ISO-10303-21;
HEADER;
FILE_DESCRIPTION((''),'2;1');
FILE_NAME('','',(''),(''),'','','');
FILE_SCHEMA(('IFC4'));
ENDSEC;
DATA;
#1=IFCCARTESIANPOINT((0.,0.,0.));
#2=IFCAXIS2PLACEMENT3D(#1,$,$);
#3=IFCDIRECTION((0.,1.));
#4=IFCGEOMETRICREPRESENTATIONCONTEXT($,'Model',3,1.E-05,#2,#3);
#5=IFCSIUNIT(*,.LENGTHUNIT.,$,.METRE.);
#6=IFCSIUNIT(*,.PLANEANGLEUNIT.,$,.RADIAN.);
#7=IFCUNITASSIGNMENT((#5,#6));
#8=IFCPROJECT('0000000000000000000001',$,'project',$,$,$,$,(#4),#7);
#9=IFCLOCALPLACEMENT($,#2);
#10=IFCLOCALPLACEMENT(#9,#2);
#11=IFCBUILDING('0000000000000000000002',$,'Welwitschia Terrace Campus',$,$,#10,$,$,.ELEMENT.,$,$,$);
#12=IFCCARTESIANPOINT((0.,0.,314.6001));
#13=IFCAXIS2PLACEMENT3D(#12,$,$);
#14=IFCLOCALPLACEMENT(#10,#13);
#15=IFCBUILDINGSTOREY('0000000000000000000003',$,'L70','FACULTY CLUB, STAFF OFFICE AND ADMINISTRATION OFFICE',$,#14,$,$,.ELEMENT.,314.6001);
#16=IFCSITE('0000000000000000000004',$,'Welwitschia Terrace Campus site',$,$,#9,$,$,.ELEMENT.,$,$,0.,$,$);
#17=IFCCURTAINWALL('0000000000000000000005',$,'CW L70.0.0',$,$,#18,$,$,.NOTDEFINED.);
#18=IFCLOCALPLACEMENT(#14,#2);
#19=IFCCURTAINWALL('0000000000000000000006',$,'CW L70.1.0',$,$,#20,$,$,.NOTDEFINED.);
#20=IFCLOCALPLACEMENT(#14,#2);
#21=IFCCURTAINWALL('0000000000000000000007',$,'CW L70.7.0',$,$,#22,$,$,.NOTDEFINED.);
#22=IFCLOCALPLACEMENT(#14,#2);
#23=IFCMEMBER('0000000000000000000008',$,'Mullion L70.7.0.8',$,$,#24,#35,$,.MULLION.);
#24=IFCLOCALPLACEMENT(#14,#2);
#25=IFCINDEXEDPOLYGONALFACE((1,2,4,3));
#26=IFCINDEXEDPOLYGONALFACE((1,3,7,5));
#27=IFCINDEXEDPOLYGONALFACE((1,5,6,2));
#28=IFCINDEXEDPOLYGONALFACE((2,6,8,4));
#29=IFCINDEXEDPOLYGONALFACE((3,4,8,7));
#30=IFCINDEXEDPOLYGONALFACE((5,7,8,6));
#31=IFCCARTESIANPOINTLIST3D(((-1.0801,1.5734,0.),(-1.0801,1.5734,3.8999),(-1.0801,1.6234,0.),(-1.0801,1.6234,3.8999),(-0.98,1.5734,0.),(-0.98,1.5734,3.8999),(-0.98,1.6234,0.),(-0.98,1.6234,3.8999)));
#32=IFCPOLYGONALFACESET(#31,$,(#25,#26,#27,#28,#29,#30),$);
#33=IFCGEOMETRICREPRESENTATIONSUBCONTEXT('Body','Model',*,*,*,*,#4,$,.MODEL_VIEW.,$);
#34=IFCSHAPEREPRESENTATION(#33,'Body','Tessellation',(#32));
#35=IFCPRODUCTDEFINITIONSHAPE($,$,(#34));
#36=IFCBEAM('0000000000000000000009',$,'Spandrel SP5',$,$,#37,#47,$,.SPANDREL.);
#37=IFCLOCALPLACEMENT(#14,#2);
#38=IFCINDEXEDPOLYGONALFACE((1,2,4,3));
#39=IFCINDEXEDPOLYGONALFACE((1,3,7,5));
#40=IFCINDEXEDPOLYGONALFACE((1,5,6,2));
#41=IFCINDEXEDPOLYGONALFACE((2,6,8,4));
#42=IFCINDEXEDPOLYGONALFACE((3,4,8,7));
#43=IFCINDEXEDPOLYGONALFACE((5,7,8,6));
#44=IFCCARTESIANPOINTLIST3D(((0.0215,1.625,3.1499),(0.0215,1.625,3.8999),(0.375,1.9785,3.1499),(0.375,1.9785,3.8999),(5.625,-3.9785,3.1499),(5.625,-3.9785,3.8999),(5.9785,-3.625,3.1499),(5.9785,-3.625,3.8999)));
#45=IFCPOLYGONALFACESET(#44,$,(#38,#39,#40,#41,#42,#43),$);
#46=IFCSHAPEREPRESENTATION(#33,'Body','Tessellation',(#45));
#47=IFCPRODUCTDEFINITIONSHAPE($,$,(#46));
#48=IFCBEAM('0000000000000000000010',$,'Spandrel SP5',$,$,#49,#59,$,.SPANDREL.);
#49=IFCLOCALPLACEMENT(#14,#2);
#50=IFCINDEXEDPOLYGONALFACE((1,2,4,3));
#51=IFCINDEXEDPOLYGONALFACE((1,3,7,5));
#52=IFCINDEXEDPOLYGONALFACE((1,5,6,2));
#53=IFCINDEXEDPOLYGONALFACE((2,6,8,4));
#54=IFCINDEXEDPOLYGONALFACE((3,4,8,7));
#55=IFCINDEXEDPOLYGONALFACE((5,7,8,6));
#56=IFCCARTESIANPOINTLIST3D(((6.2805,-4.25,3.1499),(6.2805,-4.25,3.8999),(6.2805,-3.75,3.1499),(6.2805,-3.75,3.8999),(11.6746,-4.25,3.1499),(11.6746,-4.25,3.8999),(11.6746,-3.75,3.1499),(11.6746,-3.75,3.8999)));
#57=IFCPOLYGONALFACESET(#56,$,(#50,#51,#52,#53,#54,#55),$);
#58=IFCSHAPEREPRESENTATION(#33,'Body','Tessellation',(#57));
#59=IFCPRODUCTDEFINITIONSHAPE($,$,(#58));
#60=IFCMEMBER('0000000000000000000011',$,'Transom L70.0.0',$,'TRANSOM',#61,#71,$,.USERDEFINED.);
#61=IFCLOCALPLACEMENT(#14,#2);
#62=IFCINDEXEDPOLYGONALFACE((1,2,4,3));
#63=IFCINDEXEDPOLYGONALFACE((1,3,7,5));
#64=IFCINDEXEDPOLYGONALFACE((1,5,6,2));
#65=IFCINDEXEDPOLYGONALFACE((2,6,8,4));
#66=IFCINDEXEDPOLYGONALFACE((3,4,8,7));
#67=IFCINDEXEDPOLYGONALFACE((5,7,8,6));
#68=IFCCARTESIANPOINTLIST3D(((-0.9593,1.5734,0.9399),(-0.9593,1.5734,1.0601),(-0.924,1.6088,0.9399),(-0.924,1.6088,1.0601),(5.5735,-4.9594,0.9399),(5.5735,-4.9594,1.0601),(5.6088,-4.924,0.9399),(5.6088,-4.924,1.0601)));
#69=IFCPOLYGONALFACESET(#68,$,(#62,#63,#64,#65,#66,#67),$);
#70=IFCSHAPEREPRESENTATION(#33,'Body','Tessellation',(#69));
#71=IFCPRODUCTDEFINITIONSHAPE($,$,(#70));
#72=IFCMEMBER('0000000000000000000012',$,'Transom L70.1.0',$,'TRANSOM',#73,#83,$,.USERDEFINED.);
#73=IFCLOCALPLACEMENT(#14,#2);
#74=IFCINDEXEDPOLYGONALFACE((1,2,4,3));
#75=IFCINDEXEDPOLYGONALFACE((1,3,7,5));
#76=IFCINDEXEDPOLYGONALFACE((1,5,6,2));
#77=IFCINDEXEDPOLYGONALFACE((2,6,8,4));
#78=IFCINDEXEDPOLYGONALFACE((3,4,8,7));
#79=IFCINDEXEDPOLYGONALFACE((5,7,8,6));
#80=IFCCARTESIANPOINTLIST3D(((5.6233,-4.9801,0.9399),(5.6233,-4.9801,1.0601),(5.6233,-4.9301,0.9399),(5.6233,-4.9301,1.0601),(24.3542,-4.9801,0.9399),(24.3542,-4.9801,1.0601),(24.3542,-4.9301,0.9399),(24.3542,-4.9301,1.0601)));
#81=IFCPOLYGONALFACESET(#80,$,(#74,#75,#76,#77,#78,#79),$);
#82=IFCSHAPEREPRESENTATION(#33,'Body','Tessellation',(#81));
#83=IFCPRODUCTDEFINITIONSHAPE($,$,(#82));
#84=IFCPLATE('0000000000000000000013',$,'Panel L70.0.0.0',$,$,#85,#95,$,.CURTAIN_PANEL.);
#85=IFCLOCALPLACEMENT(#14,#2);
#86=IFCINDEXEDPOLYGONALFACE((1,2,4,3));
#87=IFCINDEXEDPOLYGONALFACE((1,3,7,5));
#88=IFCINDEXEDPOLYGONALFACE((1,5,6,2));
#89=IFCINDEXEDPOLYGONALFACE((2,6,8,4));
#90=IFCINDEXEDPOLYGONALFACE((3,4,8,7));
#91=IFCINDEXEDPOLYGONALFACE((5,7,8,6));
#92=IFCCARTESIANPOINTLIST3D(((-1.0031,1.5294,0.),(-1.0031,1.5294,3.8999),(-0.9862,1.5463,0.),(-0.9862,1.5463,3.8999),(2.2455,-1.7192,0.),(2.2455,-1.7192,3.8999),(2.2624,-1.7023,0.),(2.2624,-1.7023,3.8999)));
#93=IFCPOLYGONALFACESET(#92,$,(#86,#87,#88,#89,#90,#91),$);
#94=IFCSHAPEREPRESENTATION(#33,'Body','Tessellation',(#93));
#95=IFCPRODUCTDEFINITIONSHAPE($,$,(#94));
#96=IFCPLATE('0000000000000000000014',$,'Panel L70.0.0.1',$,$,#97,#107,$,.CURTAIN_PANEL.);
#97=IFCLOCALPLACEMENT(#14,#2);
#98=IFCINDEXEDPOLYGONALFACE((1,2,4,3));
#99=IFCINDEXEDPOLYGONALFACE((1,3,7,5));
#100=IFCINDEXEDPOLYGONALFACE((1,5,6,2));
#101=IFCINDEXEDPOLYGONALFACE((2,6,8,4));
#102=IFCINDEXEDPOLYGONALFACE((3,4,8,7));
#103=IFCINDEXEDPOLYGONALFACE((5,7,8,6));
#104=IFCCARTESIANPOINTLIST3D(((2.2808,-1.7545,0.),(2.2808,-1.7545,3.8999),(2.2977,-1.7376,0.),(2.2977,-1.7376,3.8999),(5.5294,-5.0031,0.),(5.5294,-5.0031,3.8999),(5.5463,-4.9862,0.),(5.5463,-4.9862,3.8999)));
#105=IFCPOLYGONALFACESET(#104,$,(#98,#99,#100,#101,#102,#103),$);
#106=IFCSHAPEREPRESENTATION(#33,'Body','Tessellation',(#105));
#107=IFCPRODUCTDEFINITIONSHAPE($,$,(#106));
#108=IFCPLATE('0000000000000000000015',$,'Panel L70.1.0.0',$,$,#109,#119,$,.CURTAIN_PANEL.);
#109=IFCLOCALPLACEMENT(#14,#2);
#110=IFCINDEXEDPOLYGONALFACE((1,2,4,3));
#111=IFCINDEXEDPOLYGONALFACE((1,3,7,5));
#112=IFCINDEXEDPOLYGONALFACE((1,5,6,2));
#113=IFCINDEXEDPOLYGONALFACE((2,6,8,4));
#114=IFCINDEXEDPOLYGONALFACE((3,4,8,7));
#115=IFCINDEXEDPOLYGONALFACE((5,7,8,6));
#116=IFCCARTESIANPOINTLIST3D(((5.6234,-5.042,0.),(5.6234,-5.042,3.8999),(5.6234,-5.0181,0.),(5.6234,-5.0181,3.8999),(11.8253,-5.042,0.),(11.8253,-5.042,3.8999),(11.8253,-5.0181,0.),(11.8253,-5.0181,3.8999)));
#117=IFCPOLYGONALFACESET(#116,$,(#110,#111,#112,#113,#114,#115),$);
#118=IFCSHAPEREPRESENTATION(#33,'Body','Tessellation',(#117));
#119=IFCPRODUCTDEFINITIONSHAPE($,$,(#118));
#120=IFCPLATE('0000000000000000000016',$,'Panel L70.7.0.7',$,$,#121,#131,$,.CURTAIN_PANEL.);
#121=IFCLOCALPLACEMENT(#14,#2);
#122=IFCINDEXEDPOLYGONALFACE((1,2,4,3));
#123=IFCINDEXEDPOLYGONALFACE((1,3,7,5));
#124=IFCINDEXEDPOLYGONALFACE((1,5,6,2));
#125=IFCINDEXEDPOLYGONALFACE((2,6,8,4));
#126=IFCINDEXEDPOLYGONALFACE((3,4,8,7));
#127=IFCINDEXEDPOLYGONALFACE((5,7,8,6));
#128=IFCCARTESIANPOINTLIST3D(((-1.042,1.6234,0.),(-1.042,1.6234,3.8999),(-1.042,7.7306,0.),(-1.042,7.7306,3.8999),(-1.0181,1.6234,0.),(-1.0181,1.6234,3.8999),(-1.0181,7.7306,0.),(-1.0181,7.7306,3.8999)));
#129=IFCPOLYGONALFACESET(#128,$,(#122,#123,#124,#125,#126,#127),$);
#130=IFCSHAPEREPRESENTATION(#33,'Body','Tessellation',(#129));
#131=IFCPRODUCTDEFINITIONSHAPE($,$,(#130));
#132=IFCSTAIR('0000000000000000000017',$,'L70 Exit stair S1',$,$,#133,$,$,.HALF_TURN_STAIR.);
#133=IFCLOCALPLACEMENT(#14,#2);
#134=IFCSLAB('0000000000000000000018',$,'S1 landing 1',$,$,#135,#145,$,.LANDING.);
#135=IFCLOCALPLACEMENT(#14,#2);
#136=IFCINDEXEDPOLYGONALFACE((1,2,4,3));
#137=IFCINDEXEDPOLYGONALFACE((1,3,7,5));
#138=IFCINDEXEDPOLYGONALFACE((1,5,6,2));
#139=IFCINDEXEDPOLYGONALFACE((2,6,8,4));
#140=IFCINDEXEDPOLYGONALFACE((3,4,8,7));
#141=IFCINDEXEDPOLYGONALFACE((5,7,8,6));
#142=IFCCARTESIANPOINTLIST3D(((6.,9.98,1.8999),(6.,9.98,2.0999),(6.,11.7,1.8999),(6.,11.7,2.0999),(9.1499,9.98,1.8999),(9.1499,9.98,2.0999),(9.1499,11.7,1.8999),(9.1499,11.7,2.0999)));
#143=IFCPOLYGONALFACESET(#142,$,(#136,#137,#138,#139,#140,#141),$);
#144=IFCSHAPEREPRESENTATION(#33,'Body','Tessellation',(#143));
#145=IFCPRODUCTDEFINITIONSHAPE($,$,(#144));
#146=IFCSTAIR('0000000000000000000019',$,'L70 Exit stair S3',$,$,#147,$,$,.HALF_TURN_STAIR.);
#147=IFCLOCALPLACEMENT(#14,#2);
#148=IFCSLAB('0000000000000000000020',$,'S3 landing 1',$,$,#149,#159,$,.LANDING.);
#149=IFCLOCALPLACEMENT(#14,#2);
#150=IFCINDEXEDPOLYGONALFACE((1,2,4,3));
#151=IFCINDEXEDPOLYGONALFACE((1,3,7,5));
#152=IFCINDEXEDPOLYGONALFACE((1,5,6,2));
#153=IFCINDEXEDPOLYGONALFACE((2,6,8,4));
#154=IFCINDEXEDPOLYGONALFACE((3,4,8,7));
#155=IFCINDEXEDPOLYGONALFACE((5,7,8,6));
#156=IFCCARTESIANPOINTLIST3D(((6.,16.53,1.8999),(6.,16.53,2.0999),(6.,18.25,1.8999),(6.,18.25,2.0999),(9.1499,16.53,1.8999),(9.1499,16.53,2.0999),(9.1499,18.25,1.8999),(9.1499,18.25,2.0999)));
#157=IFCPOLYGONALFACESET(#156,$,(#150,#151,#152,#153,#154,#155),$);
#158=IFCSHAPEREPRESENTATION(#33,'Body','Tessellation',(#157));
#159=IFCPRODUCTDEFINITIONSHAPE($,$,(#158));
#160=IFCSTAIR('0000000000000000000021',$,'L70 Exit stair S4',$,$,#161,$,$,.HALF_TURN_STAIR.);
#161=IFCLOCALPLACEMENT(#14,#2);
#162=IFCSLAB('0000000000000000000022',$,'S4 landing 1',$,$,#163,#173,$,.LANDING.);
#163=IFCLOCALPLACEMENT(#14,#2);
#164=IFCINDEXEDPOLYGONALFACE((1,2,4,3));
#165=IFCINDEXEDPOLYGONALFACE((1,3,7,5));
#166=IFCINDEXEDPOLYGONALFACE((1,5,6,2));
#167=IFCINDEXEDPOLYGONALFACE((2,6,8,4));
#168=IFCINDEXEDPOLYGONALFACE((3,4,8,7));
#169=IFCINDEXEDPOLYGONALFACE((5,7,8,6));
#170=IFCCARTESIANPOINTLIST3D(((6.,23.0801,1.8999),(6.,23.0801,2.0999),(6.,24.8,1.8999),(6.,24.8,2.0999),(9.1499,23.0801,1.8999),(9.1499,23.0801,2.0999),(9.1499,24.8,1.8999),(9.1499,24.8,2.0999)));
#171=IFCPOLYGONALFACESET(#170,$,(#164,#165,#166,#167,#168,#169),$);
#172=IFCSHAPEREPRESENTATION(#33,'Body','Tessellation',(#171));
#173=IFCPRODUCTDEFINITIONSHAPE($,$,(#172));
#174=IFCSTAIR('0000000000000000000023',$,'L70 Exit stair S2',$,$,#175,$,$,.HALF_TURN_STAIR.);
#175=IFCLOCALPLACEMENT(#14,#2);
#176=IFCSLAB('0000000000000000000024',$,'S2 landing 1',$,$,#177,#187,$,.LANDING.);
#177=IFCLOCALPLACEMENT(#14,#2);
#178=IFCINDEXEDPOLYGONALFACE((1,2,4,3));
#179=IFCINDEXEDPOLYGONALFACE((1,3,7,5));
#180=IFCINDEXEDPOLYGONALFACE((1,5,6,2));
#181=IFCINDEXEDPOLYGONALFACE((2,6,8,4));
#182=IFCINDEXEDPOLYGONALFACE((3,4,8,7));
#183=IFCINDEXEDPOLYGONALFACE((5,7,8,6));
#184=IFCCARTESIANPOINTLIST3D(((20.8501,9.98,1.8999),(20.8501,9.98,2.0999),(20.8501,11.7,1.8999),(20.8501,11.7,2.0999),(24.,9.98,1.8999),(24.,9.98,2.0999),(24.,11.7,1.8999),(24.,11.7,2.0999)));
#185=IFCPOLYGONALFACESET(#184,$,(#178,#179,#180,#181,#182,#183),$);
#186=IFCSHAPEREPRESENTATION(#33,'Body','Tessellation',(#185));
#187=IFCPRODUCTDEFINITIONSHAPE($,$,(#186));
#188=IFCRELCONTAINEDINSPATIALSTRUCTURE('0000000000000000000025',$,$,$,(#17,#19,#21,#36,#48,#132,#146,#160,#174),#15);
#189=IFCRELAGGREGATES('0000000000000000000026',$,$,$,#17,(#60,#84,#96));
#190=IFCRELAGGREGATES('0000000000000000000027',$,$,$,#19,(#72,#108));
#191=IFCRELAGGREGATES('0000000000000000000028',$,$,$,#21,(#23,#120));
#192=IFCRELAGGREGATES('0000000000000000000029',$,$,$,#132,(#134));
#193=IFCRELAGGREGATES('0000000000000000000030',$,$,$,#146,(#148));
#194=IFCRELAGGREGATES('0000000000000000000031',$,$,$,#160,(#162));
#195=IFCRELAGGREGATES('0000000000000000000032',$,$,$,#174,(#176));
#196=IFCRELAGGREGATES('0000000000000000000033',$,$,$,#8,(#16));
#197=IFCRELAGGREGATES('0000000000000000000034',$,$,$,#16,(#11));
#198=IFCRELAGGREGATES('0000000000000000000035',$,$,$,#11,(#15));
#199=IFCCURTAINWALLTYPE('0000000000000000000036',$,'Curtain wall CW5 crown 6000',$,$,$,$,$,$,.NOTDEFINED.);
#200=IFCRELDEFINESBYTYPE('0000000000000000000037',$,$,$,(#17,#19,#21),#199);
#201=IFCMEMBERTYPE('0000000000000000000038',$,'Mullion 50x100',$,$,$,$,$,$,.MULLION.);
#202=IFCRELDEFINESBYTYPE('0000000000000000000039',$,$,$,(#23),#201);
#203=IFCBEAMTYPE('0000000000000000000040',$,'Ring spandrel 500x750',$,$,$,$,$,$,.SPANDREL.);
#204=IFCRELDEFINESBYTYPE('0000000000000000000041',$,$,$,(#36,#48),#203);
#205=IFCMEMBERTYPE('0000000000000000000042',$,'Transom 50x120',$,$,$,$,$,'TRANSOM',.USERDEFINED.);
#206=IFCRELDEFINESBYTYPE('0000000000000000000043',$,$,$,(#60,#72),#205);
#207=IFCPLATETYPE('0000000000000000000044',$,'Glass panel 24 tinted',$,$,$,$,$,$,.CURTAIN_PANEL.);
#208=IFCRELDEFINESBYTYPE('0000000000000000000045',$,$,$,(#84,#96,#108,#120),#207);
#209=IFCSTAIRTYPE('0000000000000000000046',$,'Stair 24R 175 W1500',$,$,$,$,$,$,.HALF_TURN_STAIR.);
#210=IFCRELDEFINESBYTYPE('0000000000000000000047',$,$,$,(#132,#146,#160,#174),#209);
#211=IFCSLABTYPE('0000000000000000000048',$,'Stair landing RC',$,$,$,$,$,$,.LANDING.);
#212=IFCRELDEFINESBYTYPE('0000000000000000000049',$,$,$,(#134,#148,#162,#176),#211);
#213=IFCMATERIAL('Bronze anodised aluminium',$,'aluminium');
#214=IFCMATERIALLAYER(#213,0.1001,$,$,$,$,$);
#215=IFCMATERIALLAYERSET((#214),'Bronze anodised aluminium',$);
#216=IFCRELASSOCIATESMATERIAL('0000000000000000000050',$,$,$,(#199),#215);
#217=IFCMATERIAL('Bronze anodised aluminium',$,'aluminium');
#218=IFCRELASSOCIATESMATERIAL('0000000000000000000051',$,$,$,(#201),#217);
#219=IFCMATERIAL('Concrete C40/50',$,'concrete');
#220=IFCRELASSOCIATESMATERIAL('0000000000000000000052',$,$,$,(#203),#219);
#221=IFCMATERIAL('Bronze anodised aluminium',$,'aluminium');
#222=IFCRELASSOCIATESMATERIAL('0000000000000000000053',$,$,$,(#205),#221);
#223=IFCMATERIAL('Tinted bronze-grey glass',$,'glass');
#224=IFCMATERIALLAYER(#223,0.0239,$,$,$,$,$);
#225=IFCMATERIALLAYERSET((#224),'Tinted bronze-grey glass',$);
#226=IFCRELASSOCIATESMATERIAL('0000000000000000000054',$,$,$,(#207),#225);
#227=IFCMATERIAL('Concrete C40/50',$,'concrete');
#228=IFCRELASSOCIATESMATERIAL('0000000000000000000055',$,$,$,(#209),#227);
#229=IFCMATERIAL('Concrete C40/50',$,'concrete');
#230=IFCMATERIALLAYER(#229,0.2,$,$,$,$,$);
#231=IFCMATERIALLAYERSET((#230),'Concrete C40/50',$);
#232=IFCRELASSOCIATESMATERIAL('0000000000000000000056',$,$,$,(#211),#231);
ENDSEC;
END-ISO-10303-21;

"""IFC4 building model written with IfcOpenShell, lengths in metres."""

from ifc_helpers import new_model, si_unit, direction, frame, origin, origin_2d, place, context, subcontext, project, spatial, polyline, rectangle, outline, extrude, material, layer, layer_set, material_profile, profile_set, type_object, element, aggregate, save


model = new_model("IFC4")

# Units and contexts
model_context = context("Model", 3, precision=1e-05, world=origin(), true_north=direction((0.0, 1.0)))
body_context = subcontext(model_context, "Body", "Model", "MODEL_VIEW")
ifc_project = project(units=[si_unit("LENGTHUNIT", "METRE"), si_unit("PLANEANGLEUNIT", "RADIAN")], contexts=[model_context])

# Site, building, storey
site_placement = place(None, origin())
site = spatial("IfcSite", under=ifc_project, at=site_placement, Name="Welwitschia Terrace Campus site", CompositionType="ELEMENT", RefElevation=0.0)
building_placement = place(site_placement, origin())
building = spatial("IfcBuilding", under=site, at=building_placement, Name="Welwitschia Terrace Campus", CompositionType="ELEMENT")
storey_placement = place(building_placement, frame((0.0, 0.0, 314.6001)))
storey = spatial("IfcBuildingStorey", under=building, at=storey_placement, Name="L70", Description="FACULTY CLUB, STAFF OFFICE AND ADMINISTRATION OFFICE", CompositionType="ELEMENT", Elevation=314.6001)

# Curtain walls
ifc_material_1 = material(Name="Bronze anodised aluminium", Category="aluminium")
ifc_layer_1 = layer(ifc_material_1, 0.1001)
ifc_layer_set_1 = layer_set([ifc_layer_1], Name="Bronze anodised aluminium")
curtain_wall_type = type_object("IfcCurtainWallType", Name="Curtain wall CW5 crown 6000", PredefinedType="NOTDEFINED", material=ifc_layer_set_1)
curtain_wall_1_placement = place(storey_placement, origin())
curtain_wall_1 = element("IfcCurtainWall", 1, at=curtain_wall_1_placement, inside=storey, type_object=curtain_wall_type, Name="CW L70.0.0", PredefinedType="NOTDEFINED")
ifc_material_2 = material(Name="Bronze anodised aluminium", Category="aluminium")
ifc_material_profile_1 = material_profile(ifc_material_2, rectangle(XDim=0.1001, YDim=0.05, at=origin_2d()))
ifc_profile_set_1 = profile_set([ifc_material_profile_1], Name="Bronze anodised aluminium")
member_type_1 = type_object("IfcMemberType", Name="Mullion 50x100", PredefinedType="MULLION", material=ifc_profile_set_1)
curtain_wall_2_placement = place(storey_placement, origin())
curtain_wall_2 = element("IfcCurtainWall", 2, at=curtain_wall_2_placement, inside=storey, type_object=curtain_wall_type, Name="CW L70.1.0", PredefinedType="NOTDEFINED")

# Curtain wall, member
curtain_wall_3_placement = place(storey_placement, origin())
curtain_wall_3 = element("IfcCurtainWall", 3, at=curtain_wall_3_placement, inside=storey, type_object=curtain_wall_type, Name="CW L70.7.0", PredefinedType="NOTDEFINED")
member_1_placement = place(storey_placement, frame((-1.03, 1.5984, 0.0), z_axis=(0.0, 0.0, 1.0), x_axis=(1.0, 0.0, 0.0)))
member_1 = element("IfcMember", 4, at=member_1_placement, type_object=member_type_1, Name="Mullion L70.7.0.8", PredefinedType="MULLION", context=body_context, shape_type="SweptSolid", body=[
    extrude(rectangle(XDim=0.1001, YDim=0.05, at=origin_2d()), origin(), (0.0, 0.0, 1.0), 3.8999),
])

# Beams
ifc_material_3 = material(Name="Concrete C40/50", Category="concrete")
ifc_material_profile_2 = material_profile(ifc_material_3, rectangle(XDim=0.5, YDim=0.75, at=origin_2d()))
ifc_profile_set_2 = profile_set([ifc_material_profile_2], Name="Concrete C40/50")
beam_type_1 = type_object("IfcBeamType", Name="Ring spandrel 500x750", PredefinedType="SPANDREL", material=ifc_profile_set_2)
beam_1_placement = place(storey_placement, frame((0.1982, 1.8018, 3.5249), z_axis=(0.707107, -0.707107, 0.0), x_axis=(0.707107, 0.707107, 0.0)))
element("IfcBeam", 5, at=beam_1_placement, inside=storey, type_object=beam_type_1, Name="Spandrel SP5", PredefinedType="SPANDREL", context=body_context, shape_type="SweptSolid", body=[
    extrude(rectangle(XDim=0.5, YDim=0.75, at=origin_2d()), origin(), (0.0, 0.0, 1.0), 7.9246),
])
beam_2_placement = place(storey_placement, frame((6.2805, -4.0, 3.5249), z_axis=(1.0, 0.0, 0.0), x_axis=(0.0, 1.0, 0.0)))
element("IfcBeam", 6, at=beam_2_placement, inside=storey, type_object=beam_type_1, Name="Spandrel SP5", PredefinedType="SPANDREL", context=body_context, shape_type="SweptSolid", body=[
    extrude(rectangle(XDim=0.5, YDim=0.75, at=origin_2d()), origin(), (0.0, 0.0, 1.0), 5.394),
])

# Members
ifc_material_4 = material(Name="Bronze anodised aluminium", Category="aluminium")
ifc_material_profile_3 = material_profile(ifc_material_4, rectangle(XDim=0.05, YDim=0.1201, at=origin_2d()))
ifc_profile_set_3 = profile_set([ifc_material_profile_3], Name="Bronze anodised aluminium")
member_type_2 = type_object("IfcMemberType", Name="Transom 50x120", ElementType="TRANSOM", PredefinedType="USERDEFINED", material=ifc_profile_set_3)
member_2_placement = place(storey_placement, frame((-0.9417, 1.5911, 1.0), z_axis=(0.707107, -0.707107, 0.0), x_axis=(0.707107, 0.707107, 0.0)))
member_2 = element("IfcMember", 7, at=member_2_placement, type_object=member_type_2, Name="Transom L70.0.0", ObjectType="TRANSOM", PredefinedType="USERDEFINED", context=body_context, shape_type="SweptSolid", body=[
    extrude(rectangle(XDim=0.05, YDim=0.1201, at=origin_2d()), origin(), (0.0, 0.0, 1.0), 9.2388),
])
member_3_placement = place(storey_placement, frame((5.6233, -4.9551, 1.0), z_axis=(1.0, 0.0, 0.0), x_axis=(0.0, 1.0, 0.0)))
member_3 = element("IfcMember", 8, at=member_3_placement, type_object=member_type_2, Name="Transom L70.1.0", ObjectType="TRANSOM", PredefinedType="USERDEFINED", context=body_context, shape_type="SweptSolid", body=[
    extrude(rectangle(XDim=0.05, YDim=0.1201, at=origin_2d()), origin(), (0.0, 0.0, 1.0), 18.731),
])

# Plates
ifc_material_5 = material(Name="Tinted bronze-grey glass", Category="glass")
ifc_layer_2 = layer(ifc_material_5, 0.0239)
ifc_layer_set_2 = layer_set([ifc_layer_2], Name="Tinted bronze-grey glass")
plate_type = type_object("IfcPlateType", Name="Glass panel 24 tinted", PredefinedType="CURTAIN_PANEL", material=ifc_layer_set_2)
plate_1_placement = place(storey_placement, frame((0.6296, -0.0864, 0.0), z_axis=(0.0, 0.0, 1.0), x_axis=(0.707107, -0.707107, 0.0)))
plate_1 = element("IfcPlate", 9, at=plate_1_placement, type_object=plate_type, Name="Panel L70.0.0.0", PredefinedType="CURTAIN_PANEL", context=body_context, shape_type="SweptSolid", body=[
    extrude(rectangle(XDim=4.5942, YDim=0.0239, at=origin_2d()), origin(), (0.0, 0.0, 1.0), 3.8999),
])
plate_2_placement = place(storey_placement, frame((3.9136, -3.3704, 0.0), z_axis=(0.0, 0.0, 1.0), x_axis=(0.707107, -0.707107, 0.0)))
plate_2 = element("IfcPlate", 10, at=plate_2_placement, type_object=plate_type, Name="Panel L70.0.0.1", PredefinedType="CURTAIN_PANEL", context=body_context, shape_type="SweptSolid", body=[
    extrude(rectangle(XDim=4.5942, YDim=0.0239, at=origin_2d()), origin(), (0.0, 0.0, 1.0), 3.8999),
])
aggregate(curtain_wall_1, [member_2, plate_1, plate_2])
plate_3_placement = place(storey_placement, frame((8.7244, -5.03, 0.0), z_axis=(0.0, 0.0, 1.0), x_axis=(1.0, 0.0, 0.0)))
plate_3 = element("IfcPlate", 11, at=plate_3_placement, type_object=plate_type, Name="Panel L70.1.0.0", PredefinedType="CURTAIN_PANEL", context=body_context, shape_type="SweptSolid", body=[
    extrude(rectangle(XDim=6.2019, YDim=0.0239, at=origin_2d()), origin(), (0.0, 0.0, 1.0), 3.8999),
])
aggregate(curtain_wall_2, [member_3, plate_3])
plate_4_placement = place(storey_placement, frame((-1.03, 4.677, 0.0), z_axis=(0.0, 0.0, 1.0), x_axis=(0.0, -1.0, 0.0)))
plate_4 = element("IfcPlate", 12, at=plate_4_placement, type_object=plate_type, Name="Panel L70.7.0.7", PredefinedType="CURTAIN_PANEL", context=body_context, shape_type="SweptSolid", body=[
    extrude(rectangle(XDim=6.1072, YDim=0.0239, at=origin_2d()), origin(), (0.0, 0.0, 1.0), 3.8999),
])
aggregate(curtain_wall_3, [member_1, plate_4])

# Stairs, slabs
ifc_material_6 = material(Name="Concrete C40/50", Category="concrete")
stair_type = type_object("IfcStairType", Name="Stair 24R 175 W1500", PredefinedType="HALF_TURN_STAIR", material=ifc_material_6)
stair_1_placement = place(storey_placement, origin())
stair_1 = element("IfcStair", 13, at=stair_1_placement, inside=storey, type_object=stair_type, Name="L70 Exit stair S1", PredefinedType="HALF_TURN_STAIR")
ifc_material_7 = material(Name="Concrete C40/50", Category="concrete")
ifc_layer_3 = layer(ifc_material_7, 0.2)
ifc_layer_set_3 = layer_set([ifc_layer_3], Name="Concrete C40/50")
slab_type_1 = type_object("IfcSlabType", Name="Stair landing RC", PredefinedType="LANDING", material=ifc_layer_set_3)
slab_1_placement = place(storey_placement, frame((0.0, 0.0, 1.8999)))
slab_1 = element("IfcSlab", 14, at=slab_1_placement, type_object=slab_type_1, Name="S1 landing 1", PredefinedType="LANDING", context=body_context, shape_type="SweptSolid", body=[
    extrude(outline(polyline([(9.1499, 9.98), (9.1499, 11.7), (6.0, 11.7), (6.0, 9.98), (9.1499, 9.98)])), origin(), (0.0, 0.0, 1.0), 0.2),
])
aggregate(stair_1, [slab_1])
stair_2_placement = place(storey_placement, origin())
stair_2 = element("IfcStair", 15, at=stair_2_placement, inside=storey, type_object=stair_type, Name="L70 Exit stair S3", PredefinedType="HALF_TURN_STAIR")
slab_2_placement = place(storey_placement, frame((0.0, 0.0, 1.8999)))
slab_2 = element("IfcSlab", 16, at=slab_2_placement, type_object=slab_type_1, Name="S3 landing 1", PredefinedType="LANDING", context=body_context, shape_type="SweptSolid", body=[
    extrude(outline(polyline([(9.1499, 16.53), (9.1499, 18.25), (6.0, 18.25), (6.0, 16.53), (9.1499, 16.53)])), origin(), (0.0, 0.0, 1.0), 0.2),
])
aggregate(stair_2, [slab_2])
stair_3_placement = place(storey_placement, origin())
stair_3 = element("IfcStair", 17, at=stair_3_placement, inside=storey, type_object=stair_type, Name="L70 Exit stair S4", PredefinedType="HALF_TURN_STAIR")
slab_3_placement = place(storey_placement, frame((0.0, 0.0, 1.8999)))
slab_3 = element("IfcSlab", 18, at=slab_3_placement, type_object=slab_type_1, Name="S4 landing 1", PredefinedType="LANDING", context=body_context, shape_type="SweptSolid", body=[
    extrude(outline(polyline([(9.1499, 23.0801), (9.1499, 24.8), (6.0, 24.8), (6.0, 23.0801), (9.1499, 23.0801)])), origin(), (0.0, 0.0, 1.0), 0.2),
])
aggregate(stair_3, [slab_3])
stair_4_placement = place(storey_placement, origin())
stair_4 = element("IfcStair", 19, at=stair_4_placement, inside=storey, type_object=stair_type, Name="L70 Exit stair S2", PredefinedType="HALF_TURN_STAIR")
slab_4_placement = place(storey_placement, frame((0.0, 0.0, 1.8999)))
slab_4 = element("IfcSlab", 20, at=slab_4_placement, type_object=slab_type_1, Name="S2 landing 1", PredefinedType="LANDING", context=body_context, shape_type="SweptSolid", body=[
    extrude(outline(polyline([(24.0, 9.98), (24.0, 11.7), (20.8501, 11.7), (20.8501, 9.98), (24.0, 9.98)])), origin(), (0.0, 0.0, 1.0), 0.2),
])
aggregate(stair_4, [slab_4])

save(model, "model.ifc")
